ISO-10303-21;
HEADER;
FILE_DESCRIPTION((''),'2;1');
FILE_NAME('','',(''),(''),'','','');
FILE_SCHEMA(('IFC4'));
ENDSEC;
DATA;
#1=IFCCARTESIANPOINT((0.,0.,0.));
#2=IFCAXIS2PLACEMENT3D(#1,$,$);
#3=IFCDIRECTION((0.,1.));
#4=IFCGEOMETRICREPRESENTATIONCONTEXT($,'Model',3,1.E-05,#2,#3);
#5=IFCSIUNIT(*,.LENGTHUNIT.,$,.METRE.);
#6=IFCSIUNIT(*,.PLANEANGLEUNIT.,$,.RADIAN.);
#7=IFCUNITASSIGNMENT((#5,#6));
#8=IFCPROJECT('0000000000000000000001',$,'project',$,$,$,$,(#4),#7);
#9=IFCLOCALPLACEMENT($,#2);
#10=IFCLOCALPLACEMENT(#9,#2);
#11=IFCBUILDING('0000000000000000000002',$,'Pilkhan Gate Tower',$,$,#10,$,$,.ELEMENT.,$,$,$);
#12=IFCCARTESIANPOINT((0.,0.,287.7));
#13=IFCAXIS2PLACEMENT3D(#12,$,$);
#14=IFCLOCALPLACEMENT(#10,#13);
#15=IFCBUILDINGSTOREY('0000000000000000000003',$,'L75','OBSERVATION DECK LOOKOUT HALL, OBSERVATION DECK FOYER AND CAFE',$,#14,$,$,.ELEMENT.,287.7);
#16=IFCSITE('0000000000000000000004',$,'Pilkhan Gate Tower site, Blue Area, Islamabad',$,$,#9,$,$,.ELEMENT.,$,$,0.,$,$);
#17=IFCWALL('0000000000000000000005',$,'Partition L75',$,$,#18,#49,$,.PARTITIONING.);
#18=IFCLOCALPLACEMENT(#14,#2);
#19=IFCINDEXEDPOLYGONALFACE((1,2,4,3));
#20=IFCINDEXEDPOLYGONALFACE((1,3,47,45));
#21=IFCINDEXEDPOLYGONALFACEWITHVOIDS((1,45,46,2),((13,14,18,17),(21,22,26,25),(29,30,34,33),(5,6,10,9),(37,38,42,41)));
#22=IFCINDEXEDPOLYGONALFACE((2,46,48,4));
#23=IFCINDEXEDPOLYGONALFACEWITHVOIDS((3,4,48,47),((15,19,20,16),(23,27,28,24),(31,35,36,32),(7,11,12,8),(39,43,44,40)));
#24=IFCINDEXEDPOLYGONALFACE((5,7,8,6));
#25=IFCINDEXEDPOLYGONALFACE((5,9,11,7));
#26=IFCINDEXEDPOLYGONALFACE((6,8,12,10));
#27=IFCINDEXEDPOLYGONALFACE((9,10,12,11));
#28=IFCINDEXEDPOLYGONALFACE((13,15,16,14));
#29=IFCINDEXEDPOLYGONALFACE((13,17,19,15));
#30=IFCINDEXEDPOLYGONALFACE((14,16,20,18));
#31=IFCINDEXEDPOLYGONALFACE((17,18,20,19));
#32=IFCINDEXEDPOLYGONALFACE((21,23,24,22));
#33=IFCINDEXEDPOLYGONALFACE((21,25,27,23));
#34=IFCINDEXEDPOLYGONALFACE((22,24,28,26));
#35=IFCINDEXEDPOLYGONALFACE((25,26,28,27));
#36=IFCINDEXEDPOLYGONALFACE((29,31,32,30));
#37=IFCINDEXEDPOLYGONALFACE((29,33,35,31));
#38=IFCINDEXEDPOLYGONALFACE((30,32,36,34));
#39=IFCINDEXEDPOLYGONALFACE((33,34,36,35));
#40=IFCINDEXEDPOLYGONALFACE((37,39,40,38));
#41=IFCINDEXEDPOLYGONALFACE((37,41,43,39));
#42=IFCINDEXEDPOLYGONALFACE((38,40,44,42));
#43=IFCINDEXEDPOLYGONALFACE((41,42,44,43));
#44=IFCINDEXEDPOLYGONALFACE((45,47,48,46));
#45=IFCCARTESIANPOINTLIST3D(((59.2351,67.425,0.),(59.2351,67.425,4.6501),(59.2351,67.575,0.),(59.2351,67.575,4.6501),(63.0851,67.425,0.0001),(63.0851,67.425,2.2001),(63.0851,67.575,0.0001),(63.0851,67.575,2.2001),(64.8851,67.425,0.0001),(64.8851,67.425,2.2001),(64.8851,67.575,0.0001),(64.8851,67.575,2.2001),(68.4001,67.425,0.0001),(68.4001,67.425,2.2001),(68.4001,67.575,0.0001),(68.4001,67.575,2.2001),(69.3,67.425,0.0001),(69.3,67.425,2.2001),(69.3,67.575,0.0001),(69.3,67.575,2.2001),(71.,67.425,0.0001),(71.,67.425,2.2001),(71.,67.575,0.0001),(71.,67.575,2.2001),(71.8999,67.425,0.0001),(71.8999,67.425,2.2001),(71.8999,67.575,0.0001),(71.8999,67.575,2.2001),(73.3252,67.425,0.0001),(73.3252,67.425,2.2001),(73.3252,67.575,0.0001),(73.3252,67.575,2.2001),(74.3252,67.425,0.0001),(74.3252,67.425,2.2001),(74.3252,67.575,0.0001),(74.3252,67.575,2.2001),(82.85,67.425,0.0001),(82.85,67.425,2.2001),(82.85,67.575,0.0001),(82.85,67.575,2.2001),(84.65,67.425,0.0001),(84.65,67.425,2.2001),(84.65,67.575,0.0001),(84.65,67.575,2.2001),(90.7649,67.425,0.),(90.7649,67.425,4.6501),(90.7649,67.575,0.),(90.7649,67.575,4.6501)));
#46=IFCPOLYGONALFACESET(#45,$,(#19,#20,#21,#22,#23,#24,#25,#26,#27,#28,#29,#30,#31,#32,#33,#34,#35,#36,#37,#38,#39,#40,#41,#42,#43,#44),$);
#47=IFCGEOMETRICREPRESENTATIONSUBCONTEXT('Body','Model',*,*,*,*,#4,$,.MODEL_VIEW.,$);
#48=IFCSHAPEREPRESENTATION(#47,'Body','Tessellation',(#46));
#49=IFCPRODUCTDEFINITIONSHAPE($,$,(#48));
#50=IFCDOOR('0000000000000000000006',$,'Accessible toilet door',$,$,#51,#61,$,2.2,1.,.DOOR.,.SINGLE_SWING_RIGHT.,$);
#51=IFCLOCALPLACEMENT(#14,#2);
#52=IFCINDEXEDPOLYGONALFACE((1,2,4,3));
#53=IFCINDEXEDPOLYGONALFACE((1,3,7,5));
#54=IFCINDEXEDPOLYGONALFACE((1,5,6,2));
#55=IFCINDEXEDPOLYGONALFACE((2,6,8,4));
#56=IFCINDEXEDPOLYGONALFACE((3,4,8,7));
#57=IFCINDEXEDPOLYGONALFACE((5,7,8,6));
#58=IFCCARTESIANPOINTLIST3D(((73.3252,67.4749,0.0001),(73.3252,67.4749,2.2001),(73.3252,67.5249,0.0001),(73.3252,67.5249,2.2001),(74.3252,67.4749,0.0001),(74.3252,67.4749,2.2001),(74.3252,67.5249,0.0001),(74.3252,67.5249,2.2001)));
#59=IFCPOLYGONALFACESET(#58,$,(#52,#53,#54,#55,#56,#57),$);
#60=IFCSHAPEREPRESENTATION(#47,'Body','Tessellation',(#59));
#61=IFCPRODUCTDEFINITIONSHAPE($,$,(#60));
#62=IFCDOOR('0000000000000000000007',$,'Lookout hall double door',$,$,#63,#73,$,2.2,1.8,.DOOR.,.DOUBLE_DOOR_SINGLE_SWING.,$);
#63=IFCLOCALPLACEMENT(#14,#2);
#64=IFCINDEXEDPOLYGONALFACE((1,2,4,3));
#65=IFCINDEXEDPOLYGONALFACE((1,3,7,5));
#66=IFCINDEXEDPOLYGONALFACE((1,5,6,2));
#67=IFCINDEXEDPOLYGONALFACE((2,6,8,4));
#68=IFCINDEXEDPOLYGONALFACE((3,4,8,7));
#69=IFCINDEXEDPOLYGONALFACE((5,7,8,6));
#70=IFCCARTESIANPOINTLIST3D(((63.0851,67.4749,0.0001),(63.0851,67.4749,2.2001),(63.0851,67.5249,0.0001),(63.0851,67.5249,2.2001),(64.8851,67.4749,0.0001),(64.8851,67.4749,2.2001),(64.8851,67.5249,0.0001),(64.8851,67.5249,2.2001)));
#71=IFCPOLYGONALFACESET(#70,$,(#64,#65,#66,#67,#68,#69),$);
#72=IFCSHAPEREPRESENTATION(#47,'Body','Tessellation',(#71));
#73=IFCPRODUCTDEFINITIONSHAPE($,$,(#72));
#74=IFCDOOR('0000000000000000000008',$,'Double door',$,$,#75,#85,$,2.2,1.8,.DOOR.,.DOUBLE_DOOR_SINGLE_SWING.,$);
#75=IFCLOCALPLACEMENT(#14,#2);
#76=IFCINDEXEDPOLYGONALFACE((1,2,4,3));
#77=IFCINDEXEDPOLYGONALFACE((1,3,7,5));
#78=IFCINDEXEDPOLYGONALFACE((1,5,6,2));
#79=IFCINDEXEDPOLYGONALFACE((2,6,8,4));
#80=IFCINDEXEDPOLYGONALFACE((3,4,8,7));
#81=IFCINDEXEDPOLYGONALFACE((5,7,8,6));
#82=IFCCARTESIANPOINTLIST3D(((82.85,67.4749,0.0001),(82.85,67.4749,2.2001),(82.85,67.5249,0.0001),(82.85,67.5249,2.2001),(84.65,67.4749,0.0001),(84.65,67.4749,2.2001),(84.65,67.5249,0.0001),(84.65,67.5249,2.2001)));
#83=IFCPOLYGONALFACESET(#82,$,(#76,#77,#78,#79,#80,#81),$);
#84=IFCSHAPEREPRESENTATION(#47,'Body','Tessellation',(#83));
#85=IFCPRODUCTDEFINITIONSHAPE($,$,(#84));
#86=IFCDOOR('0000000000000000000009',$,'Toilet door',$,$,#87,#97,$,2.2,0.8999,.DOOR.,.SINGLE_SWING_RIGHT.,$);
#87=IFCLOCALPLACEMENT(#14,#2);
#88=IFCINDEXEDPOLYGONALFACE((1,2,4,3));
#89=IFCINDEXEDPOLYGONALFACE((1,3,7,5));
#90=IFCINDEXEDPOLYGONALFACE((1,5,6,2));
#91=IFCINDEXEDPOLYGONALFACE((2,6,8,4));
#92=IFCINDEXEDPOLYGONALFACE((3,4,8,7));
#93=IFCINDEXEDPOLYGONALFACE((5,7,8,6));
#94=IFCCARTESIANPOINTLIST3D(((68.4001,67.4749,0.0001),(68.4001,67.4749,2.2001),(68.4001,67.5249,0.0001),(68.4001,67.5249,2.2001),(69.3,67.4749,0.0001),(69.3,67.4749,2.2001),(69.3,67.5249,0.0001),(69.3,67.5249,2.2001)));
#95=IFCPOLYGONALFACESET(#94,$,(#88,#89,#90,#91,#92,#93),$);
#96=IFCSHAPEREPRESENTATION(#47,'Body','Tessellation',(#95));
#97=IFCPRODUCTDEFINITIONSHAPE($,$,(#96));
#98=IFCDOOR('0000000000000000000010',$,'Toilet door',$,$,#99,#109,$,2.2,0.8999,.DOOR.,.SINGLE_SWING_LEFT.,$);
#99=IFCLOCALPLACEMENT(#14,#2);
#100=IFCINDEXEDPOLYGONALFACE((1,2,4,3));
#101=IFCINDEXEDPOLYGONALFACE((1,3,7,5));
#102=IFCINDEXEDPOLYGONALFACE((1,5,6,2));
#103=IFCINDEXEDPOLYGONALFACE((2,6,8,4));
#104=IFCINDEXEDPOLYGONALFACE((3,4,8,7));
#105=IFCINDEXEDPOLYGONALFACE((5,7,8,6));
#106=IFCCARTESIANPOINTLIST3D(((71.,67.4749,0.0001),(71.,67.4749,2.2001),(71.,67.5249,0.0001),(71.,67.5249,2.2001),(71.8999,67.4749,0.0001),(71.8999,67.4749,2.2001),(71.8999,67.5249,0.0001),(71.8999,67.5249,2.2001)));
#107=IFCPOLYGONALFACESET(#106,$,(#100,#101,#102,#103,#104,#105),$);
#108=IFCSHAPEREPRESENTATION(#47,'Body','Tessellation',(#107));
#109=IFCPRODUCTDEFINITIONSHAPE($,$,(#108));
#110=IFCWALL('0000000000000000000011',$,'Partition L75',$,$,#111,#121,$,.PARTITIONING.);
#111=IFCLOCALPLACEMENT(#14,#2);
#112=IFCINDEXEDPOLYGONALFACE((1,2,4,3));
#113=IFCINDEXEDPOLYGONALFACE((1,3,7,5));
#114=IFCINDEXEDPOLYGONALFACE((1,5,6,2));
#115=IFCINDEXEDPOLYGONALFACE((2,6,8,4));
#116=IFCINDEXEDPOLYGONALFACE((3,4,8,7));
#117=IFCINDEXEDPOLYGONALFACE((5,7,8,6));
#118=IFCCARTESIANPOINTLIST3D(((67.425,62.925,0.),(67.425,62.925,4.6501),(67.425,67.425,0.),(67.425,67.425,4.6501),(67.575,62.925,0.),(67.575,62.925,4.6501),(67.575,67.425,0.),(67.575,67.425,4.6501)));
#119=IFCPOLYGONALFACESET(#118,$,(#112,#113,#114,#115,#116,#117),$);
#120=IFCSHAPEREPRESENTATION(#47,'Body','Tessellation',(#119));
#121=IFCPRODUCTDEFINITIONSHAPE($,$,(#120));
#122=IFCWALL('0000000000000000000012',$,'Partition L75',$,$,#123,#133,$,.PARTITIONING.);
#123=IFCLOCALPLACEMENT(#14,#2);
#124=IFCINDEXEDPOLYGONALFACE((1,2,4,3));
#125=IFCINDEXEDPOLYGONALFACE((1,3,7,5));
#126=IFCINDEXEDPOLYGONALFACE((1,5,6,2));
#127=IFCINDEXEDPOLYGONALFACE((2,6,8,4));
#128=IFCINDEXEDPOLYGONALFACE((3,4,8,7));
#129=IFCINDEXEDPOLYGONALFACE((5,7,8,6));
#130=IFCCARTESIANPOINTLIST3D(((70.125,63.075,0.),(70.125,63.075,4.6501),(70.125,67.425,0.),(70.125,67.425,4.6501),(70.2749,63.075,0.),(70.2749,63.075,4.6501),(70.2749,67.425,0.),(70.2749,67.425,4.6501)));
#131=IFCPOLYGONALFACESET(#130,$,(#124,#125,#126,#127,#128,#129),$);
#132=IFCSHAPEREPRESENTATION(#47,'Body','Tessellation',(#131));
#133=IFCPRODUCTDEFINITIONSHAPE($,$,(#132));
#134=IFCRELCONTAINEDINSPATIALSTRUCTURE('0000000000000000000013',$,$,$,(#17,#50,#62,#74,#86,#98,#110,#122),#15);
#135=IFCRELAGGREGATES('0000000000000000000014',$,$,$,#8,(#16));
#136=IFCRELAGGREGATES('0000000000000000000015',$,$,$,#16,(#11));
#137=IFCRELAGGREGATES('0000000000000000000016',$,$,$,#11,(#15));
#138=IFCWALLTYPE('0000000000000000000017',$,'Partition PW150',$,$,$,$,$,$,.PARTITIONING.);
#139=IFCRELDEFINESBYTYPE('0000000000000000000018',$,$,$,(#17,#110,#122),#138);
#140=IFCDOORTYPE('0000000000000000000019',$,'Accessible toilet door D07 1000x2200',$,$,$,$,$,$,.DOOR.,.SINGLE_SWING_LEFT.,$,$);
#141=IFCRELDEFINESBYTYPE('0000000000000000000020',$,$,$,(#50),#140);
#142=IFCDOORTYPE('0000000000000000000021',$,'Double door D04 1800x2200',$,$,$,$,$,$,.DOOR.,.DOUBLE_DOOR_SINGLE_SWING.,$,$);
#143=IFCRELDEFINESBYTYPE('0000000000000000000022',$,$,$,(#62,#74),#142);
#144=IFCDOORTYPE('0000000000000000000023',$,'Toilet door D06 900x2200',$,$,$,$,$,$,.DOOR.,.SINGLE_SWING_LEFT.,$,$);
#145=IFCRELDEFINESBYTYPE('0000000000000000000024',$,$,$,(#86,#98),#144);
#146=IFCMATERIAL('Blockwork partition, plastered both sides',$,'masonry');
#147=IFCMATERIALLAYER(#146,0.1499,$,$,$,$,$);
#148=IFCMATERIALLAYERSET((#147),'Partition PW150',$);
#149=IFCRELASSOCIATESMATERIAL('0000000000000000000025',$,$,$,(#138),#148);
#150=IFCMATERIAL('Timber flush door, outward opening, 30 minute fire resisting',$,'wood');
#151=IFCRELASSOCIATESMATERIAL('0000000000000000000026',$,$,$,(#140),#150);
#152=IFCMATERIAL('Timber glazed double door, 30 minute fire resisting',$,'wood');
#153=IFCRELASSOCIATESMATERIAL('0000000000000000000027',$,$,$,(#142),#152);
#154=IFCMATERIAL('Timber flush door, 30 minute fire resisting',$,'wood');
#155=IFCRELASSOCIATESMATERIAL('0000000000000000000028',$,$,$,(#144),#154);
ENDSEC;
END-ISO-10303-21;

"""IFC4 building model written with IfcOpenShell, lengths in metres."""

from ifc_helpers import new_model, si_unit, direction, frame, frame_2d, origin, place, context, subcontext, project, spatial, rectangle, extrude, material, layer, layer_set, type_object, element, fill, save


model = new_model("IFC4")

# Units and contexts
model_context = context("Model", 3, precision=1e-05, world=origin(), true_north=direction((0.0, 1.0)))
body_context = subcontext(model_context, "Body", "Model", "MODEL_VIEW")
ifc_project = project(units=[si_unit("LENGTHUNIT", "METRE"), si_unit("PLANEANGLEUNIT", "RADIAN")], contexts=[model_context])

# Site, building, storey
site_placement = place(None, origin())
site = spatial("IfcSite", under=ifc_project, at=site_placement, Name="Pilkhan Gate Tower site, Blue Area, Islamabad", CompositionType="ELEMENT", RefElevation=0.0)
building_placement = place(site_placement, origin())
building = spatial("IfcBuilding", under=site, at=building_placement, Name="Pilkhan Gate Tower", CompositionType="ELEMENT")
storey_placement = place(building_placement, frame((0.0, 0.0, 287.7)))
storey = spatial("IfcBuildingStorey", under=building, at=storey_placement, Name="L75", Description="OBSERVATION DECK LOOKOUT HALL, OBSERVATION DECK FOYER AND CAFE", CompositionType="ELEMENT", Elevation=287.7)

# Shared definitions
ifc_material_1 = material(Name="Blockwork partition, plastered both sides", Category="masonry")
ifc_layer_1 = layer(ifc_material_1, 0.1499)
ifc_layer_set_1 = layer_set([ifc_layer_1], Name="Partition PW150")
wall_type = type_object("IfcWallType", Name="Partition PW150", PredefinedType="PARTITIONING", material=ifc_layer_set_1)

# Wall, openings, doors
wall_1_placement = place(storey_placement, frame((59.2351, 67.5, 0.0), z_axis=(0.0, 0.0, 1.0), x_axis=(1.0, 0.0, 0.0)))
wall_1 = element("IfcWall", 1, at=wall_1_placement, inside=storey, type_object=wall_type, Name="Partition L75", PredefinedType="PARTITIONING", context=body_context, shape_type="SweptSolid", body=[
    extrude(rectangle(XDim=31.5298, YDim=0.1499, at=frame_2d((15.7649, 0.0))), origin(), (0.0, 0.0, 1.0), 4.6501),
])
opening_1_placement = place(wall_1_placement, frame((3.8501, 0.0, 0.0)))
opening_1 = element("IfcOpeningElement", 2, at=opening_1_placement, cuts=wall_1, PredefinedType="OPENING", context=body_context, shape_type="SweptSolid", body=[
    extrude(rectangle(XDim=1.8, YDim=2.2, at=frame_2d((0.8999, 1.1001))), frame((0.0, 0.085, 0.0), z_axis=(0.0, -1.0, 0.0), x_axis=(1.0, 0.0, 0.0)), (0.0, 0.0, 1.0), 0.1699),
])
opening_2_placement = place(wall_1_placement, frame((9.165, 0.0, 0.0)))
opening_2 = element("IfcOpeningElement", 3, at=opening_2_placement, cuts=wall_1, PredefinedType="OPENING", context=body_context, shape_type="SweptSolid", body=[
    extrude(rectangle(XDim=0.8999, YDim=2.2, at=frame_2d((0.45, 1.1001))), frame((0.0, 0.085, 0.0), z_axis=(0.0, -1.0, 0.0), x_axis=(1.0, 0.0, 0.0)), (0.0, 0.0, 1.0), 0.1699),
])
opening_3_placement = place(wall_1_placement, frame((11.7649, 0.0, 0.0)))
opening_3 = element("IfcOpeningElement", 4, at=opening_3_placement, cuts=wall_1, PredefinedType="OPENING", context=body_context, shape_type="SweptSolid", body=[
    extrude(rectangle(XDim=0.8999, YDim=2.2, at=frame_2d((0.45, 1.1001))), frame((0.0, 0.085, 0.0), z_axis=(0.0, -1.0, 0.0), x_axis=(1.0, 0.0, 0.0)), (0.0, 0.0, 1.0), 0.1699),
])
opening_4_placement = place(wall_1_placement, frame((14.0901, 0.0, 0.0)))
opening_4 = element("IfcOpeningElement", 5, at=opening_4_placement, cuts=wall_1, PredefinedType="OPENING", context=body_context, shape_type="SweptSolid", body=[
    extrude(rectangle(XDim=1.0, YDim=2.2, at=frame_2d((0.5, 1.1001))), frame((0.0, 0.085, 0.0), z_axis=(0.0, -1.0, 0.0), x_axis=(1.0, 0.0, 0.0)), (0.0, 0.0, 1.0), 0.1699),
])
opening_5_placement = place(wall_1_placement, frame((23.615, 0.0, 0.0)))
opening_5 = element("IfcOpeningElement", 6, at=opening_5_placement, cuts=wall_1, PredefinedType="OPENING", context=body_context, shape_type="SweptSolid", body=[
    extrude(rectangle(XDim=1.8, YDim=2.2, at=frame_2d((0.8999, 1.1001))), frame((0.0, 0.085, 0.0), z_axis=(0.0, -1.0, 0.0), x_axis=(1.0, 0.0, 0.0)), (0.0, 0.0, 1.0), 0.1699),
])
ifc_material_2 = material(Name="Timber flush door, outward opening, 30 minute fire resisting", Category="wood")
door_type_1 = type_object("IfcDoorType", Name="Accessible toilet door D07 1000x2200", OperationType="SINGLE_SWING_LEFT", PredefinedType="DOOR", material=ifc_material_2)
door_1_placement = place(opening_4_placement, origin())
door_1 = element("IfcDoor", 7, at=door_1_placement, inside=storey, type_object=door_type_1, Name="Accessible toilet door", OperationType="SINGLE_SWING_RIGHT", OverallHeight=2.2, OverallWidth=1.0, PredefinedType="DOOR", context=body_context, shape_type="SweptSolid", body=[
    extrude(rectangle(XDim=1.0, YDim=2.2, at=frame_2d((0.5, 1.1001))), frame((0.0, 0.0249, 0.0), z_axis=(0.0, -1.0, 0.0), x_axis=(1.0, 0.0, 0.0)), (0.0, 0.0, 1.0), 0.05),
])
fill(opening_4, door_1)
ifc_material_3 = material(Name="Timber glazed double door, 30 minute fire resisting", Category="wood")
door_type_2 = type_object("IfcDoorType", Name="Double door D04 1800x2200", OperationType="DOUBLE_DOOR_SINGLE_SWING", PredefinedType="DOOR", material=ifc_material_3)
door_2_placement = place(opening_1_placement, origin())
door_2 = element("IfcDoor", 8, at=door_2_placement, inside=storey, type_object=door_type_2, Name="Lookout hall double door", OperationType="DOUBLE_DOOR_SINGLE_SWING", OverallHeight=2.2, OverallWidth=1.8, PredefinedType="DOOR", context=body_context, shape_type="SweptSolid", body=[
    extrude(rectangle(XDim=1.8, YDim=2.2, at=frame_2d((0.8999, 1.1001))), frame((0.0, 0.0249, 0.0), z_axis=(0.0, -1.0, 0.0), x_axis=(1.0, 0.0, 0.0)), (0.0, 0.0, 1.0), 0.05),
])
fill(opening_1, door_2)
door_3_placement = place(opening_5_placement, origin())
door_3 = element("IfcDoor", 9, at=door_3_placement, inside=storey, type_object=door_type_2, Name="Double door", OperationType="DOUBLE_DOOR_SINGLE_SWING", OverallHeight=2.2, OverallWidth=1.8, PredefinedType="DOOR", context=body_context, shape_type="SweptSolid", body=[
    extrude(rectangle(XDim=1.8, YDim=2.2, at=frame_2d((0.8999, 1.1001))), frame((0.0, 0.0249, 0.0), z_axis=(0.0, -1.0, 0.0), x_axis=(1.0, 0.0, 0.0)), (0.0, 0.0, 1.0), 0.05),
])
fill(opening_5, door_3)
ifc_material_4 = material(Name="Timber flush door, 30 minute fire resisting", Category="wood")
door_type_3 = type_object("IfcDoorType", Name="Toilet door D06 900x2200", OperationType="SINGLE_SWING_LEFT", PredefinedType="DOOR", material=ifc_material_4)
door_4_placement = place(opening_2_placement, origin())
door_4 = element("IfcDoor", 10, at=door_4_placement, inside=storey, type_object=door_type_3, Name="Toilet door", OperationType="SINGLE_SWING_RIGHT", OverallHeight=2.2, OverallWidth=0.8999, PredefinedType="DOOR", context=body_context, shape_type="SweptSolid", body=[
    extrude(rectangle(XDim=0.8999, YDim=2.2, at=frame_2d((0.45, 1.1001))), frame((0.0, 0.0249, 0.0), z_axis=(0.0, -1.0, 0.0), x_axis=(1.0, 0.0, 0.0)), (0.0, 0.0, 1.0), 0.05),
])
fill(opening_2, door_4)
door_5_placement = place(opening_3_placement, origin())
door_5 = element("IfcDoor", 11, at=door_5_placement, inside=storey, type_object=door_type_3, Name="Toilet door", OperationType="SINGLE_SWING_LEFT", OverallHeight=2.2, OverallWidth=0.8999, PredefinedType="DOOR", context=body_context, shape_type="SweptSolid", body=[
    extrude(rectangle(XDim=0.8999, YDim=2.2, at=frame_2d((0.45, 1.1001))), frame((0.0, 0.0249, 0.0), z_axis=(0.0, -1.0, 0.0), x_axis=(1.0, 0.0, 0.0)), (0.0, 0.0, 1.0), 0.05),
])
fill(opening_3, door_5)

# Walls
wall_2_placement = place(storey_placement, frame((67.5, 62.925, 0.0), z_axis=(0.0, 0.0, 1.0), x_axis=(0.0, 1.0, 0.0)))
element("IfcWall", 12, at=wall_2_placement, inside=storey, type_object=wall_type, Name="Partition L75", PredefinedType="PARTITIONING", context=body_context, shape_type="SweptSolid", body=[
    extrude(rectangle(XDim=4.5, YDim=0.1499, at=frame_2d((2.25, 0.0))), origin(), (0.0, 0.0, 1.0), 4.6501),
])
wall_3_placement = place(storey_placement, frame((70.2, 63.075, 0.0), z_axis=(0.0, 0.0, 1.0), x_axis=(0.0, 1.0, 0.0)))
element("IfcWall", 13, at=wall_3_placement, inside=storey, type_object=wall_type, Name="Partition L75", PredefinedType="PARTITIONING", context=body_context, shape_type="SweptSolid", body=[
    extrude(rectangle(XDim=4.3501, YDim=0.1499, at=frame_2d((2.175, 0.0))), origin(), (0.0, 0.0, 1.0), 4.6501),
])

save(model, "model.ifc")
